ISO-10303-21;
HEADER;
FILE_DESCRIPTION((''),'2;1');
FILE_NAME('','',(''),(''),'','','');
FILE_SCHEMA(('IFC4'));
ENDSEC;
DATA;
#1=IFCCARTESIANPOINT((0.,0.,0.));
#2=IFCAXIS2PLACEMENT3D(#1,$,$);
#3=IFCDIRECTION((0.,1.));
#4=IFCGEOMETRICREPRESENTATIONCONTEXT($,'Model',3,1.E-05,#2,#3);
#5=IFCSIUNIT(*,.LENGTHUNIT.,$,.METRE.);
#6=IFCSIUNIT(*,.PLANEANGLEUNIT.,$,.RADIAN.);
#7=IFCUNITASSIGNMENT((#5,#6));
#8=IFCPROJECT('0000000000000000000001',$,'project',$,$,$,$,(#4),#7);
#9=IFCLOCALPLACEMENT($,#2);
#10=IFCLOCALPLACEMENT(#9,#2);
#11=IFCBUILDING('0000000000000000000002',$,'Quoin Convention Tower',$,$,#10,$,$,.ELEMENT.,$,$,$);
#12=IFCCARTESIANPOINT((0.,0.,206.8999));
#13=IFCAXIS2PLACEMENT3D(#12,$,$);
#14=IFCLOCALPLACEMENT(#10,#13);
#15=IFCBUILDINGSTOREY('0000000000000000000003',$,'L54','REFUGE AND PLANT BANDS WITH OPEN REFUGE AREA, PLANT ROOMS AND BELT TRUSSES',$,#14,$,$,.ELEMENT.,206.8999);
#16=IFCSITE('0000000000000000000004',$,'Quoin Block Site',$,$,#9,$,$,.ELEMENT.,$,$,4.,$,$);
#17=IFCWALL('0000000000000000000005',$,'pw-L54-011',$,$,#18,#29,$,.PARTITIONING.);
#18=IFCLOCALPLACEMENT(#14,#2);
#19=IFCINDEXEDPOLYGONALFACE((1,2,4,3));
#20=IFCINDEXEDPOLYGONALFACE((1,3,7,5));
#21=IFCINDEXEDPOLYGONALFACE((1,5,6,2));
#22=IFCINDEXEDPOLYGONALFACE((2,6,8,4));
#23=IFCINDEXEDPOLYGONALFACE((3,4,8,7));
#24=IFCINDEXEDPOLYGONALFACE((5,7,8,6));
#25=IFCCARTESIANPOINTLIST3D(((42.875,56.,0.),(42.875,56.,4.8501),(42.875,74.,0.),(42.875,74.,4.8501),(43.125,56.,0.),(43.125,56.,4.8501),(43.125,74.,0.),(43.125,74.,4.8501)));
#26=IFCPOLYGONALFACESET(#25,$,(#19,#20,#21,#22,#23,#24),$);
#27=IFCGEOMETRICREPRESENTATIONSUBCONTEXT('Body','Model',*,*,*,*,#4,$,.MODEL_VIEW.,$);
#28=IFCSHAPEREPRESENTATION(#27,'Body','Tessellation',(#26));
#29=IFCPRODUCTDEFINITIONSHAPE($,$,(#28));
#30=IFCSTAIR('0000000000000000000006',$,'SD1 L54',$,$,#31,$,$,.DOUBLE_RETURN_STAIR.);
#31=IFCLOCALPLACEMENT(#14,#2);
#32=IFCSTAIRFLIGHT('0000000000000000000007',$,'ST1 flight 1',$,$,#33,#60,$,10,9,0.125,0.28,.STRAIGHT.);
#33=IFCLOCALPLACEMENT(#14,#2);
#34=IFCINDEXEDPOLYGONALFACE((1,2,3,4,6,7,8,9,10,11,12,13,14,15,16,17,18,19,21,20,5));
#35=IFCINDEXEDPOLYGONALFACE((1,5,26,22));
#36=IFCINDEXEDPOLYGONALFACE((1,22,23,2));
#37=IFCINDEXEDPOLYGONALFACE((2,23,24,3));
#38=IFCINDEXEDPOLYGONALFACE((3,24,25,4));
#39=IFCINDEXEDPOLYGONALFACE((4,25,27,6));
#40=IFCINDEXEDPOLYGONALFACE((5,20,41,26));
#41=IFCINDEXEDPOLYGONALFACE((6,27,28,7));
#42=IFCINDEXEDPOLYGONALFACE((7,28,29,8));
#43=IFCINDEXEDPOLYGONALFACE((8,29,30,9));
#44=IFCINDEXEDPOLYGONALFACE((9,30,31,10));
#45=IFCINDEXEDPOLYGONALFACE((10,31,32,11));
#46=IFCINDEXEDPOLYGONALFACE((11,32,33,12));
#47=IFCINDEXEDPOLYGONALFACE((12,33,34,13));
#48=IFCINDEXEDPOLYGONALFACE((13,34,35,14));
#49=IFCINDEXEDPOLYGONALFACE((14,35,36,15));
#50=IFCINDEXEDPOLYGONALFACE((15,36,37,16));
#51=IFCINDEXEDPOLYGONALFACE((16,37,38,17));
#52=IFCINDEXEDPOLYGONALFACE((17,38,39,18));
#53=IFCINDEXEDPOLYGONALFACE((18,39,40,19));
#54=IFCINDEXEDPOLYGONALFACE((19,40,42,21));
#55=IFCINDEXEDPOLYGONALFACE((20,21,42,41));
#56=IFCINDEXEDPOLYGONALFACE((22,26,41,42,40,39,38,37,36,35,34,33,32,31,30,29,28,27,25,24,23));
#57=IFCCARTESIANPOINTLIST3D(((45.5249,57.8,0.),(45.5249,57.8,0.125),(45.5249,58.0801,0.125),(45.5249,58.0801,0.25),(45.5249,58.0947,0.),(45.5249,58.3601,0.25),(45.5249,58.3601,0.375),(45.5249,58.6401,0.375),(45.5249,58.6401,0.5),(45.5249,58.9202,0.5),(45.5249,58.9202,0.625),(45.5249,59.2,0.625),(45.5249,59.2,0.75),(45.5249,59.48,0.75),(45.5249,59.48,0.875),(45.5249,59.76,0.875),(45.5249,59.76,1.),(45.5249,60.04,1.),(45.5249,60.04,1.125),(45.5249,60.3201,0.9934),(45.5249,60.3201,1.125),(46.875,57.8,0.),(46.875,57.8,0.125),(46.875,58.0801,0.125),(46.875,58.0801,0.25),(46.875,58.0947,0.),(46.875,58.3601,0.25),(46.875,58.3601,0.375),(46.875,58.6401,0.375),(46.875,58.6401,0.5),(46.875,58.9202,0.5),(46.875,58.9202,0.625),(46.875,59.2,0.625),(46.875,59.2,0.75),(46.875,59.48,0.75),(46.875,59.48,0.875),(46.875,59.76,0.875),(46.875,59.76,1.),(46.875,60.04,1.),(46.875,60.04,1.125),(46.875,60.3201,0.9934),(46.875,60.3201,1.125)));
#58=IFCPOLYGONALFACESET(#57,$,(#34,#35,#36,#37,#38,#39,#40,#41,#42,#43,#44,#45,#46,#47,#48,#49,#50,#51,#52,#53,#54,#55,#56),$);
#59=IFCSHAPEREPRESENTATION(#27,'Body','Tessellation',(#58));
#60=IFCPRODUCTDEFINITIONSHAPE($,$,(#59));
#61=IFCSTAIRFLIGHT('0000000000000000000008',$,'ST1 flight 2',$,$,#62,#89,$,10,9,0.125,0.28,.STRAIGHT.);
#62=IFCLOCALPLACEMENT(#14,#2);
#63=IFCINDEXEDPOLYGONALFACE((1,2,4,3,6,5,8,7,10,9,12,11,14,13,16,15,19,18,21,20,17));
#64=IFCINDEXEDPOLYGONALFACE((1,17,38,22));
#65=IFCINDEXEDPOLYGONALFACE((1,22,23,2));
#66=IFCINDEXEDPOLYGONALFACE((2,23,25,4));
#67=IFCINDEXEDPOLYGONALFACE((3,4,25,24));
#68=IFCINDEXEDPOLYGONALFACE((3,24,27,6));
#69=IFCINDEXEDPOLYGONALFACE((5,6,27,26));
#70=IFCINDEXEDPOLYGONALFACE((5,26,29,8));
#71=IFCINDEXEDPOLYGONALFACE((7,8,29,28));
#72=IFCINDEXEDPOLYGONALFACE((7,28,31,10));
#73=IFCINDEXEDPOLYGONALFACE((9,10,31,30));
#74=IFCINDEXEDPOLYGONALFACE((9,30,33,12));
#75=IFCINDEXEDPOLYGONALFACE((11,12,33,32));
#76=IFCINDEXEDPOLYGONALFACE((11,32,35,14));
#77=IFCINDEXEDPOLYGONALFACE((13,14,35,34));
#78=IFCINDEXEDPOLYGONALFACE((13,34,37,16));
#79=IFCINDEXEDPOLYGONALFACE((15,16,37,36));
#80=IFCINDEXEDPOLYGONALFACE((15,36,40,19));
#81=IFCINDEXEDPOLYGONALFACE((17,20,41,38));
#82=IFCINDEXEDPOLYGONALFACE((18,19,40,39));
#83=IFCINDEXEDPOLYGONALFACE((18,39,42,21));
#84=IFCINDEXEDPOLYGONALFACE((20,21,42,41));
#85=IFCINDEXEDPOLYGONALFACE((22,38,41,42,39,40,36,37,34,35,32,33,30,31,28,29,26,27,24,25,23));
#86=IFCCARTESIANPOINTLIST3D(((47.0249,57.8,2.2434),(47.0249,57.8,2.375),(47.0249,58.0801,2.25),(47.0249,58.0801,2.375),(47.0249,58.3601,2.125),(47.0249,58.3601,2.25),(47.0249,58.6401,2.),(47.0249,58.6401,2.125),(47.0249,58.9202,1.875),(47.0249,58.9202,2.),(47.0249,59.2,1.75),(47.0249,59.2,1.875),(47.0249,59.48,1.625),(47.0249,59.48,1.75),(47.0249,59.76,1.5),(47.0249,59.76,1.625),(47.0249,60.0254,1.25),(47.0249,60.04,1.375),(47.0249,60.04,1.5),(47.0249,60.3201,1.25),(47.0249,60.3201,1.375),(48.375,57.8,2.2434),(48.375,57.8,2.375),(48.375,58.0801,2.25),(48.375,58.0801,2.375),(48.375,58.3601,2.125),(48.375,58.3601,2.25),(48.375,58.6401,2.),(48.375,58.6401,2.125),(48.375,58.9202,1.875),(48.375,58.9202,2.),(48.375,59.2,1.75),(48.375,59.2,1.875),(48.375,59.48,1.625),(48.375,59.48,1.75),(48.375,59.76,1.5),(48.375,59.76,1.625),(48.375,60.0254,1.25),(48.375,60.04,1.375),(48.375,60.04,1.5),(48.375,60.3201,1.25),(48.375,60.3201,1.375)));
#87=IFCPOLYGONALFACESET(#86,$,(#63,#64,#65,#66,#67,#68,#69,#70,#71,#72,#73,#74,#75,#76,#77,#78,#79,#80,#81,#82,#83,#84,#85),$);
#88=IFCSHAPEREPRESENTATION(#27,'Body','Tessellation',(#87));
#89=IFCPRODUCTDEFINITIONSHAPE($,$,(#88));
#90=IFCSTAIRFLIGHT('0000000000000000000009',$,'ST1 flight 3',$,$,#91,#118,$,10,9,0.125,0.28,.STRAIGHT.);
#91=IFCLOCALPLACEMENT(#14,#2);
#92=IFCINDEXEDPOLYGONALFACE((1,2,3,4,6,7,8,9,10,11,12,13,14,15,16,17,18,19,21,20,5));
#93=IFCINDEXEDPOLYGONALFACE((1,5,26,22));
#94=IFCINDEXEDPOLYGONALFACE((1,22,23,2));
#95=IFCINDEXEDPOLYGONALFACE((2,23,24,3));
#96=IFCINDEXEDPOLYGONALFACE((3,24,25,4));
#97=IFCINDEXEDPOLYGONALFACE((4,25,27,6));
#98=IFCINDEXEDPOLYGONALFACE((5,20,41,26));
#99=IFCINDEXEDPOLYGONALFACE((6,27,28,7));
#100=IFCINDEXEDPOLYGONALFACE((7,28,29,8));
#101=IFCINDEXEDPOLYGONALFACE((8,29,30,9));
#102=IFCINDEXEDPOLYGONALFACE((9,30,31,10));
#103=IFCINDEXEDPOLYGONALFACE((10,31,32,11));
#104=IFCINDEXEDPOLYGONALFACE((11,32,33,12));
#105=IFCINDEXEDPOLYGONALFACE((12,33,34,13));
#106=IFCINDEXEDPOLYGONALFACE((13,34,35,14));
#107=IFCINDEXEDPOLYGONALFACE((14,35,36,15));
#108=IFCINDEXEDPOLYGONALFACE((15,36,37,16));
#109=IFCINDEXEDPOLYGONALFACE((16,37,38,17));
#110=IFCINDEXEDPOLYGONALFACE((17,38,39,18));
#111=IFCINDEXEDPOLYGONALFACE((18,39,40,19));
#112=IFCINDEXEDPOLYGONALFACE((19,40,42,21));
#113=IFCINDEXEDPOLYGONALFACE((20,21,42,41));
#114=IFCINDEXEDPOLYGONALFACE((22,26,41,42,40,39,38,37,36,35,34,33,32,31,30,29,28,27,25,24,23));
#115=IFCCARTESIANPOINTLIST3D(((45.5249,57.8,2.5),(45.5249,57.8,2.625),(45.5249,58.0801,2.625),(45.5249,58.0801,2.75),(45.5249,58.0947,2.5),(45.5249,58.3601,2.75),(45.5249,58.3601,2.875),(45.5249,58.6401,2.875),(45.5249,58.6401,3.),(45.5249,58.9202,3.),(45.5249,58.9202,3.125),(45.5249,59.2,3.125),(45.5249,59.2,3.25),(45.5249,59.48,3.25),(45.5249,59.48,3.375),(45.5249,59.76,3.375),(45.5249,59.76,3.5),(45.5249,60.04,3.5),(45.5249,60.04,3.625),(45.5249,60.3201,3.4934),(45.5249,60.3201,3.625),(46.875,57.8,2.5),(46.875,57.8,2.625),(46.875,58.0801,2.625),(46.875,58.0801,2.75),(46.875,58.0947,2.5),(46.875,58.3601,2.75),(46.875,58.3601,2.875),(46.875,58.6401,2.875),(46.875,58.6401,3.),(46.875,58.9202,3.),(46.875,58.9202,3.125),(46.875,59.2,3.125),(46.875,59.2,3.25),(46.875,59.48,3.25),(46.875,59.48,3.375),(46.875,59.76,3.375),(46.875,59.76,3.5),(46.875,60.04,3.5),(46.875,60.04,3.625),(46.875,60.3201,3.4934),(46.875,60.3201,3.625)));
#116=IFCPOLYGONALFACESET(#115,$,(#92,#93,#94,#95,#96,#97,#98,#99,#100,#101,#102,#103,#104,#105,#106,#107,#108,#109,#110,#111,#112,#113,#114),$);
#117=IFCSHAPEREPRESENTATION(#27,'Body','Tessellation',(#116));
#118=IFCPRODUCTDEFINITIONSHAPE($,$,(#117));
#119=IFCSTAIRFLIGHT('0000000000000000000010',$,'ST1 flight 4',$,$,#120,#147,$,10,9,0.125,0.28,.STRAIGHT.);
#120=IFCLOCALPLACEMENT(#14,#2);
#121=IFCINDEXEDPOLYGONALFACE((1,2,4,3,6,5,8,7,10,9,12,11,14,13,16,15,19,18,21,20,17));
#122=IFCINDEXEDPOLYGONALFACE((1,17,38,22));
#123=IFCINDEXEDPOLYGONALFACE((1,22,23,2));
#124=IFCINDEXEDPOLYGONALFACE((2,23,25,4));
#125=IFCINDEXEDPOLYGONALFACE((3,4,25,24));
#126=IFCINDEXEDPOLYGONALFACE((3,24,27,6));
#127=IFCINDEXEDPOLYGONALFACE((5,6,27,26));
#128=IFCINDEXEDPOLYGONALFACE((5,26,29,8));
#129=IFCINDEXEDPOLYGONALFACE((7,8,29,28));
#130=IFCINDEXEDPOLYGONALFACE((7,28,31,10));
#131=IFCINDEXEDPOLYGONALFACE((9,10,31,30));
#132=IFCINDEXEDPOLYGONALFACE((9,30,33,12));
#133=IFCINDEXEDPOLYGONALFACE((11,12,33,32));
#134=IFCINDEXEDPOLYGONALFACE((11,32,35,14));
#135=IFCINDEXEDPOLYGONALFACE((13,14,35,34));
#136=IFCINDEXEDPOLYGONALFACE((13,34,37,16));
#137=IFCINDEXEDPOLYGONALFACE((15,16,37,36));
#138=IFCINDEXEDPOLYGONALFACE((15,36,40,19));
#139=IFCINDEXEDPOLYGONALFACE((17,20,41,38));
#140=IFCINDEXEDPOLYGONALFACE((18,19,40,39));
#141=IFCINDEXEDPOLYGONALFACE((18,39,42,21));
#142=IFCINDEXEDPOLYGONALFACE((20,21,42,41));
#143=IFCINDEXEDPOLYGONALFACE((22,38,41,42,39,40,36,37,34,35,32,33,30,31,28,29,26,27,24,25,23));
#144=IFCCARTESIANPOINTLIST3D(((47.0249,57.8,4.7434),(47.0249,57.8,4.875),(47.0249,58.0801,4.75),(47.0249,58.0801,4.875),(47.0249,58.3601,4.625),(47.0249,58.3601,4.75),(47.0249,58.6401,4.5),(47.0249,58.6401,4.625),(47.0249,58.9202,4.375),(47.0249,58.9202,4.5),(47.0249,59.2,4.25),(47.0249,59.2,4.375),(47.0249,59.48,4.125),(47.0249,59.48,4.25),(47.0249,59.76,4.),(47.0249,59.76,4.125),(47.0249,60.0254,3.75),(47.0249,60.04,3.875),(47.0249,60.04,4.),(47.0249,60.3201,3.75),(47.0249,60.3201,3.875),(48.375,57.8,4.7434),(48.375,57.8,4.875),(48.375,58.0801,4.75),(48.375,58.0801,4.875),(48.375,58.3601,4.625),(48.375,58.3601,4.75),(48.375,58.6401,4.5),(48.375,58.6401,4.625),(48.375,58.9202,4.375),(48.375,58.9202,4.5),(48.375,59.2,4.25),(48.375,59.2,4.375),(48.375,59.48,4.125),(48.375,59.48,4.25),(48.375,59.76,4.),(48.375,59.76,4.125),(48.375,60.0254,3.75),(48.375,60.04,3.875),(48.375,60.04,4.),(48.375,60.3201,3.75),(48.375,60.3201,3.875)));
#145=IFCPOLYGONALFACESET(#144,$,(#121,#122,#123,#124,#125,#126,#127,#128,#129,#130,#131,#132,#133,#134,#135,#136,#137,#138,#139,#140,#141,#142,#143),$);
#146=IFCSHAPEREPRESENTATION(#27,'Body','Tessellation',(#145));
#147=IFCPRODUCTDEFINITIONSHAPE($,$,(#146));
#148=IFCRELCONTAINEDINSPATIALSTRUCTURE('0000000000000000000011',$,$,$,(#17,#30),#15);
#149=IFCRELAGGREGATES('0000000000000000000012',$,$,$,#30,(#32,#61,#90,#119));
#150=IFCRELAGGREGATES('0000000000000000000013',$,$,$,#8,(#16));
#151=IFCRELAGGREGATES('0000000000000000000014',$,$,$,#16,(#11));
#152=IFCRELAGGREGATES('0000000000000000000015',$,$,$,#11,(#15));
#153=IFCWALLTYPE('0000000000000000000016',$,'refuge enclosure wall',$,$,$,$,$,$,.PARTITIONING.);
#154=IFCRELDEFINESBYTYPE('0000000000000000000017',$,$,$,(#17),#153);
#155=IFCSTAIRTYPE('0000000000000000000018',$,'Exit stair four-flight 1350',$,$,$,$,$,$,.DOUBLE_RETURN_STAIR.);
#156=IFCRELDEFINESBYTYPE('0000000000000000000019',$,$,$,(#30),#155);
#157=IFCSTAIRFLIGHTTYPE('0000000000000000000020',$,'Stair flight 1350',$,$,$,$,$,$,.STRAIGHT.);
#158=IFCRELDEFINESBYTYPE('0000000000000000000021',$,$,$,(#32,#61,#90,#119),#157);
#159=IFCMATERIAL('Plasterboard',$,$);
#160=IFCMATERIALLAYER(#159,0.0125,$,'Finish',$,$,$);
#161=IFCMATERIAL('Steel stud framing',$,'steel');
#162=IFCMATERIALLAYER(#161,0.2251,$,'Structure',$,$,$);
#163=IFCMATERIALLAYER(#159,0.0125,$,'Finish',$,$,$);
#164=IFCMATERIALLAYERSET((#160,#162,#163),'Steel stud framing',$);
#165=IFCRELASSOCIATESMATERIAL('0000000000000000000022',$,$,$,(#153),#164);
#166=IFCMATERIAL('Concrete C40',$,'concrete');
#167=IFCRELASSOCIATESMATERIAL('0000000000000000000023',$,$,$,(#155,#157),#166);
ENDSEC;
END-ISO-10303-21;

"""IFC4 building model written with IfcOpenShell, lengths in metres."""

from ifc_helpers import new_model, si_unit, direction, frame, frame_2d, origin, place, context, subcontext, project, spatial, polyline, rectangle, outline, extrude, material, layer, layer_set, type_object, element, aggregate, save


model = new_model("IFC4")

# Units and contexts
model_context = context("Model", 3, precision=1e-05, world=origin(), true_north=direction((0.0, 1.0)))
body_context = subcontext(model_context, "Body", "Model", "MODEL_VIEW")
ifc_project = project(units=[si_unit("LENGTHUNIT", "METRE"), si_unit("PLANEANGLEUNIT", "RADIAN")], contexts=[model_context])

# Site, building, storey
site_placement = place(None, origin())
site = spatial("IfcSite", under=ifc_project, at=site_placement, Name="Quoin Block Site", CompositionType="ELEMENT", RefElevation=4.0)
building_placement = place(site_placement, origin())
building = spatial("IfcBuilding", under=site, at=building_placement, Name="Quoin Convention Tower", CompositionType="ELEMENT")
storey_placement = place(building_placement, frame((0.0, 0.0, 206.8999)))
storey = spatial("IfcBuildingStorey", under=building, at=storey_placement, Name="L54", Description="REFUGE AND PLANT BANDS WITH OPEN REFUGE AREA, PLANT ROOMS AND BELT TRUSSES", CompositionType="ELEMENT", Elevation=206.8999)

# Wall
ifc_material_1 = material(Name="Plasterboard")
ifc_layer_1 = layer(ifc_material_1, 0.0125, Name="Finish")
ifc_material_2 = material(Name="Steel stud framing", Category="steel")
ifc_layer_2 = layer(ifc_material_2, 0.2251, Name="Structure")
ifc_layer_3 = layer(ifc_material_1, 0.0125, Name="Finish")
ifc_layer_set_1 = layer_set([ifc_layer_1, ifc_layer_2, ifc_layer_3], Name="Steel stud framing")
wall_type_1 = type_object("IfcWallType", Name="refuge enclosure wall", PredefinedType="PARTITIONING", material=ifc_layer_set_1)
wall_1_placement = place(storey_placement, frame((43.0, 56.0, 0.0), z_axis=(0.0, 0.0, 1.0), x_axis=(0.0, 1.0, 0.0)))
element("IfcWall", 1, at=wall_1_placement, inside=storey, type_object=wall_type_1, Name="pw-L54-011", PredefinedType="PARTITIONING", context=body_context, shape_type="SweptSolid", body=[
    extrude(rectangle(XDim=18.0, YDim=0.25, at=frame_2d((9.0, 0.0))), origin(), (0.0, 0.0, 1.0), 4.8501),
])

# Stair, stair flights
ifc_material_3 = material(Name="Concrete C40", Category="concrete")
stair_type = type_object("IfcStairType", Name="Exit stair four-flight 1350", PredefinedType="DOUBLE_RETURN_STAIR", material=ifc_material_3)
stair_placement = place(storey_placement, origin())
stair = element("IfcStair", 2, at=stair_placement, inside=storey, type_object=stair_type, Name="SD1 L54", PredefinedType="DOUBLE_RETURN_STAIR")
stair_flight_type = type_object("IfcStairFlightType", Name="Stair flight 1350", PredefinedType="STRAIGHT", material=ifc_material_3)
stair_flight_1_placement = place(storey_placement, frame((46.2, 57.8, 0.0), z_axis=(0.0, 0.0, 1.0), x_axis=(0.0, 1.0, 0.0)))
stair_flight_1 = element("IfcStairFlight", 3, at=stair_flight_1_placement, type_object=stair_flight_type, Name="ST1 flight 1", NumberOfRisers=10, NumberOfTreads=9, PredefinedType="STRAIGHT", RiserHeight=0.125, TreadLength=0.28, context=body_context, shape_type="SweptSolid", body=[
    extrude(outline(polyline([(0.0, 0.0), (0.0, 0.125), (0.28, 0.125), (0.28, 0.25), (0.5601, 0.25), (0.5601, 0.375), (0.8401, 0.375), (0.8401, 0.5), (1.1201, 0.5), (1.1201, 0.625), (1.3999, 0.625), (1.3999, 0.75), (1.6799, 0.75), (1.6799, 0.875), (1.96, 0.875), (1.96, 1.0), (2.24, 1.0), (2.24, 1.125), (2.52, 1.125), (2.52, 1.25), (2.52, 0.9934), (0.2947, 0.0), (0.0, 0.0)])), frame((0.0, 0.675, 0.0), z_axis=(0.0, -1.0, 0.0), x_axis=(1.0, 0.0, 0.0)), (0.0, 0.0, 1.0), 1.3501),
])
stair_flight_2_placement = place(storey_placement, frame((47.7, 60.3201, 1.25), z_axis=(0.0, 0.0, 1.0), x_axis=(0.0, -1.0, 0.0)))
stair_flight_2 = element("IfcStairFlight", 4, at=stair_flight_2_placement, type_object=stair_flight_type, Name="ST1 flight 2", NumberOfRisers=10, NumberOfTreads=9, PredefinedType="STRAIGHT", RiserHeight=0.125, TreadLength=0.28, context=body_context, shape_type="SweptSolid", body=[
    extrude(outline(polyline([(0.0, 0.0), (0.0, 0.125), (0.28, 0.125), (0.28, 0.25), (0.5601, 0.25), (0.5601, 0.375), (0.8401, 0.375), (0.8401, 0.5), (1.1201, 0.5), (1.1201, 0.625), (1.3999, 0.625), (1.3999, 0.75), (1.6799, 0.75), (1.6799, 0.875), (1.96, 0.875), (1.96, 1.0), (2.24, 1.0), (2.24, 1.125), (2.52, 1.125), (2.52, 1.25), (2.52, 0.9934), (0.2947, 0.0), (0.0, 0.0)])), frame((0.0, 0.675, 0.0), z_axis=(0.0, -1.0, 0.0), x_axis=(1.0, 0.0, 0.0)), (0.0, 0.0, 1.0), 1.3501),
])
stair_flight_3_placement = place(storey_placement, frame((46.2, 57.8, 2.5), z_axis=(0.0, 0.0, 1.0), x_axis=(0.0, 1.0, 0.0)))
stair_flight_3 = element("IfcStairFlight", 5, at=stair_flight_3_placement, type_object=stair_flight_type, Name="ST1 flight 3", NumberOfRisers=10, NumberOfTreads=9, PredefinedType="STRAIGHT", RiserHeight=0.125, TreadLength=0.28, context=body_context, shape_type="SweptSolid", body=[
    extrude(outline(polyline([(0.0, 0.0), (0.0, 0.125), (0.28, 0.125), (0.28, 0.25), (0.5601, 0.25), (0.5601, 0.375), (0.8401, 0.375), (0.8401, 0.5), (1.1201, 0.5), (1.1201, 0.625), (1.3999, 0.625), (1.3999, 0.75), (1.6799, 0.75), (1.6799, 0.875), (1.96, 0.875), (1.96, 1.0), (2.24, 1.0), (2.24, 1.125), (2.52, 1.125), (2.52, 1.25), (2.52, 0.9934), (0.2947, 0.0), (0.0, 0.0)])), frame((0.0, 0.675, 0.0), z_axis=(0.0, -1.0, 0.0), x_axis=(1.0, 0.0, 0.0)), (0.0, 0.0, 1.0), 1.3501),
])
stair_flight_4_placement = place(storey_placement, frame((47.7, 60.3201, 3.75), z_axis=(0.0, 0.0, 1.0), x_axis=(0.0, -1.0, 0.0)))
stair_flight_4 = element("IfcStairFlight", 6, at=stair_flight_4_placement, type_object=stair_flight_type, Name="ST1 flight 4", NumberOfRisers=10, NumberOfTreads=9, PredefinedType="STRAIGHT", RiserHeight=0.125, TreadLength=0.28, context=body_context, shape_type="SweptSolid", body=[
    extrude(outline(polyline([(0.0, 0.0), (0.0, 0.125), (0.28, 0.125), (0.28, 0.25), (0.5601, 0.25), (0.5601, 0.375), (0.8401, 0.375), (0.8401, 0.5), (1.1201, 0.5), (1.1201, 0.625), (1.3999, 0.625), (1.3999, 0.75), (1.6799, 0.75), (1.6799, 0.875), (1.96, 0.875), (1.96, 1.0), (2.24, 1.0), (2.24, 1.125), (2.52, 1.125), (2.52, 1.25), (2.52, 0.9934), (0.2947, 0.0), (0.0, 0.0)])), frame((0.0, 0.675, 0.0), z_axis=(0.0, -1.0, 0.0), x_axis=(1.0, 0.0, 0.0)), (0.0, 0.0, 1.0), 1.3501),
])
aggregate(stair, [stair_flight_1, stair_flight_2, stair_flight_3, stair_flight_4])

save(model, "model.ifc")
